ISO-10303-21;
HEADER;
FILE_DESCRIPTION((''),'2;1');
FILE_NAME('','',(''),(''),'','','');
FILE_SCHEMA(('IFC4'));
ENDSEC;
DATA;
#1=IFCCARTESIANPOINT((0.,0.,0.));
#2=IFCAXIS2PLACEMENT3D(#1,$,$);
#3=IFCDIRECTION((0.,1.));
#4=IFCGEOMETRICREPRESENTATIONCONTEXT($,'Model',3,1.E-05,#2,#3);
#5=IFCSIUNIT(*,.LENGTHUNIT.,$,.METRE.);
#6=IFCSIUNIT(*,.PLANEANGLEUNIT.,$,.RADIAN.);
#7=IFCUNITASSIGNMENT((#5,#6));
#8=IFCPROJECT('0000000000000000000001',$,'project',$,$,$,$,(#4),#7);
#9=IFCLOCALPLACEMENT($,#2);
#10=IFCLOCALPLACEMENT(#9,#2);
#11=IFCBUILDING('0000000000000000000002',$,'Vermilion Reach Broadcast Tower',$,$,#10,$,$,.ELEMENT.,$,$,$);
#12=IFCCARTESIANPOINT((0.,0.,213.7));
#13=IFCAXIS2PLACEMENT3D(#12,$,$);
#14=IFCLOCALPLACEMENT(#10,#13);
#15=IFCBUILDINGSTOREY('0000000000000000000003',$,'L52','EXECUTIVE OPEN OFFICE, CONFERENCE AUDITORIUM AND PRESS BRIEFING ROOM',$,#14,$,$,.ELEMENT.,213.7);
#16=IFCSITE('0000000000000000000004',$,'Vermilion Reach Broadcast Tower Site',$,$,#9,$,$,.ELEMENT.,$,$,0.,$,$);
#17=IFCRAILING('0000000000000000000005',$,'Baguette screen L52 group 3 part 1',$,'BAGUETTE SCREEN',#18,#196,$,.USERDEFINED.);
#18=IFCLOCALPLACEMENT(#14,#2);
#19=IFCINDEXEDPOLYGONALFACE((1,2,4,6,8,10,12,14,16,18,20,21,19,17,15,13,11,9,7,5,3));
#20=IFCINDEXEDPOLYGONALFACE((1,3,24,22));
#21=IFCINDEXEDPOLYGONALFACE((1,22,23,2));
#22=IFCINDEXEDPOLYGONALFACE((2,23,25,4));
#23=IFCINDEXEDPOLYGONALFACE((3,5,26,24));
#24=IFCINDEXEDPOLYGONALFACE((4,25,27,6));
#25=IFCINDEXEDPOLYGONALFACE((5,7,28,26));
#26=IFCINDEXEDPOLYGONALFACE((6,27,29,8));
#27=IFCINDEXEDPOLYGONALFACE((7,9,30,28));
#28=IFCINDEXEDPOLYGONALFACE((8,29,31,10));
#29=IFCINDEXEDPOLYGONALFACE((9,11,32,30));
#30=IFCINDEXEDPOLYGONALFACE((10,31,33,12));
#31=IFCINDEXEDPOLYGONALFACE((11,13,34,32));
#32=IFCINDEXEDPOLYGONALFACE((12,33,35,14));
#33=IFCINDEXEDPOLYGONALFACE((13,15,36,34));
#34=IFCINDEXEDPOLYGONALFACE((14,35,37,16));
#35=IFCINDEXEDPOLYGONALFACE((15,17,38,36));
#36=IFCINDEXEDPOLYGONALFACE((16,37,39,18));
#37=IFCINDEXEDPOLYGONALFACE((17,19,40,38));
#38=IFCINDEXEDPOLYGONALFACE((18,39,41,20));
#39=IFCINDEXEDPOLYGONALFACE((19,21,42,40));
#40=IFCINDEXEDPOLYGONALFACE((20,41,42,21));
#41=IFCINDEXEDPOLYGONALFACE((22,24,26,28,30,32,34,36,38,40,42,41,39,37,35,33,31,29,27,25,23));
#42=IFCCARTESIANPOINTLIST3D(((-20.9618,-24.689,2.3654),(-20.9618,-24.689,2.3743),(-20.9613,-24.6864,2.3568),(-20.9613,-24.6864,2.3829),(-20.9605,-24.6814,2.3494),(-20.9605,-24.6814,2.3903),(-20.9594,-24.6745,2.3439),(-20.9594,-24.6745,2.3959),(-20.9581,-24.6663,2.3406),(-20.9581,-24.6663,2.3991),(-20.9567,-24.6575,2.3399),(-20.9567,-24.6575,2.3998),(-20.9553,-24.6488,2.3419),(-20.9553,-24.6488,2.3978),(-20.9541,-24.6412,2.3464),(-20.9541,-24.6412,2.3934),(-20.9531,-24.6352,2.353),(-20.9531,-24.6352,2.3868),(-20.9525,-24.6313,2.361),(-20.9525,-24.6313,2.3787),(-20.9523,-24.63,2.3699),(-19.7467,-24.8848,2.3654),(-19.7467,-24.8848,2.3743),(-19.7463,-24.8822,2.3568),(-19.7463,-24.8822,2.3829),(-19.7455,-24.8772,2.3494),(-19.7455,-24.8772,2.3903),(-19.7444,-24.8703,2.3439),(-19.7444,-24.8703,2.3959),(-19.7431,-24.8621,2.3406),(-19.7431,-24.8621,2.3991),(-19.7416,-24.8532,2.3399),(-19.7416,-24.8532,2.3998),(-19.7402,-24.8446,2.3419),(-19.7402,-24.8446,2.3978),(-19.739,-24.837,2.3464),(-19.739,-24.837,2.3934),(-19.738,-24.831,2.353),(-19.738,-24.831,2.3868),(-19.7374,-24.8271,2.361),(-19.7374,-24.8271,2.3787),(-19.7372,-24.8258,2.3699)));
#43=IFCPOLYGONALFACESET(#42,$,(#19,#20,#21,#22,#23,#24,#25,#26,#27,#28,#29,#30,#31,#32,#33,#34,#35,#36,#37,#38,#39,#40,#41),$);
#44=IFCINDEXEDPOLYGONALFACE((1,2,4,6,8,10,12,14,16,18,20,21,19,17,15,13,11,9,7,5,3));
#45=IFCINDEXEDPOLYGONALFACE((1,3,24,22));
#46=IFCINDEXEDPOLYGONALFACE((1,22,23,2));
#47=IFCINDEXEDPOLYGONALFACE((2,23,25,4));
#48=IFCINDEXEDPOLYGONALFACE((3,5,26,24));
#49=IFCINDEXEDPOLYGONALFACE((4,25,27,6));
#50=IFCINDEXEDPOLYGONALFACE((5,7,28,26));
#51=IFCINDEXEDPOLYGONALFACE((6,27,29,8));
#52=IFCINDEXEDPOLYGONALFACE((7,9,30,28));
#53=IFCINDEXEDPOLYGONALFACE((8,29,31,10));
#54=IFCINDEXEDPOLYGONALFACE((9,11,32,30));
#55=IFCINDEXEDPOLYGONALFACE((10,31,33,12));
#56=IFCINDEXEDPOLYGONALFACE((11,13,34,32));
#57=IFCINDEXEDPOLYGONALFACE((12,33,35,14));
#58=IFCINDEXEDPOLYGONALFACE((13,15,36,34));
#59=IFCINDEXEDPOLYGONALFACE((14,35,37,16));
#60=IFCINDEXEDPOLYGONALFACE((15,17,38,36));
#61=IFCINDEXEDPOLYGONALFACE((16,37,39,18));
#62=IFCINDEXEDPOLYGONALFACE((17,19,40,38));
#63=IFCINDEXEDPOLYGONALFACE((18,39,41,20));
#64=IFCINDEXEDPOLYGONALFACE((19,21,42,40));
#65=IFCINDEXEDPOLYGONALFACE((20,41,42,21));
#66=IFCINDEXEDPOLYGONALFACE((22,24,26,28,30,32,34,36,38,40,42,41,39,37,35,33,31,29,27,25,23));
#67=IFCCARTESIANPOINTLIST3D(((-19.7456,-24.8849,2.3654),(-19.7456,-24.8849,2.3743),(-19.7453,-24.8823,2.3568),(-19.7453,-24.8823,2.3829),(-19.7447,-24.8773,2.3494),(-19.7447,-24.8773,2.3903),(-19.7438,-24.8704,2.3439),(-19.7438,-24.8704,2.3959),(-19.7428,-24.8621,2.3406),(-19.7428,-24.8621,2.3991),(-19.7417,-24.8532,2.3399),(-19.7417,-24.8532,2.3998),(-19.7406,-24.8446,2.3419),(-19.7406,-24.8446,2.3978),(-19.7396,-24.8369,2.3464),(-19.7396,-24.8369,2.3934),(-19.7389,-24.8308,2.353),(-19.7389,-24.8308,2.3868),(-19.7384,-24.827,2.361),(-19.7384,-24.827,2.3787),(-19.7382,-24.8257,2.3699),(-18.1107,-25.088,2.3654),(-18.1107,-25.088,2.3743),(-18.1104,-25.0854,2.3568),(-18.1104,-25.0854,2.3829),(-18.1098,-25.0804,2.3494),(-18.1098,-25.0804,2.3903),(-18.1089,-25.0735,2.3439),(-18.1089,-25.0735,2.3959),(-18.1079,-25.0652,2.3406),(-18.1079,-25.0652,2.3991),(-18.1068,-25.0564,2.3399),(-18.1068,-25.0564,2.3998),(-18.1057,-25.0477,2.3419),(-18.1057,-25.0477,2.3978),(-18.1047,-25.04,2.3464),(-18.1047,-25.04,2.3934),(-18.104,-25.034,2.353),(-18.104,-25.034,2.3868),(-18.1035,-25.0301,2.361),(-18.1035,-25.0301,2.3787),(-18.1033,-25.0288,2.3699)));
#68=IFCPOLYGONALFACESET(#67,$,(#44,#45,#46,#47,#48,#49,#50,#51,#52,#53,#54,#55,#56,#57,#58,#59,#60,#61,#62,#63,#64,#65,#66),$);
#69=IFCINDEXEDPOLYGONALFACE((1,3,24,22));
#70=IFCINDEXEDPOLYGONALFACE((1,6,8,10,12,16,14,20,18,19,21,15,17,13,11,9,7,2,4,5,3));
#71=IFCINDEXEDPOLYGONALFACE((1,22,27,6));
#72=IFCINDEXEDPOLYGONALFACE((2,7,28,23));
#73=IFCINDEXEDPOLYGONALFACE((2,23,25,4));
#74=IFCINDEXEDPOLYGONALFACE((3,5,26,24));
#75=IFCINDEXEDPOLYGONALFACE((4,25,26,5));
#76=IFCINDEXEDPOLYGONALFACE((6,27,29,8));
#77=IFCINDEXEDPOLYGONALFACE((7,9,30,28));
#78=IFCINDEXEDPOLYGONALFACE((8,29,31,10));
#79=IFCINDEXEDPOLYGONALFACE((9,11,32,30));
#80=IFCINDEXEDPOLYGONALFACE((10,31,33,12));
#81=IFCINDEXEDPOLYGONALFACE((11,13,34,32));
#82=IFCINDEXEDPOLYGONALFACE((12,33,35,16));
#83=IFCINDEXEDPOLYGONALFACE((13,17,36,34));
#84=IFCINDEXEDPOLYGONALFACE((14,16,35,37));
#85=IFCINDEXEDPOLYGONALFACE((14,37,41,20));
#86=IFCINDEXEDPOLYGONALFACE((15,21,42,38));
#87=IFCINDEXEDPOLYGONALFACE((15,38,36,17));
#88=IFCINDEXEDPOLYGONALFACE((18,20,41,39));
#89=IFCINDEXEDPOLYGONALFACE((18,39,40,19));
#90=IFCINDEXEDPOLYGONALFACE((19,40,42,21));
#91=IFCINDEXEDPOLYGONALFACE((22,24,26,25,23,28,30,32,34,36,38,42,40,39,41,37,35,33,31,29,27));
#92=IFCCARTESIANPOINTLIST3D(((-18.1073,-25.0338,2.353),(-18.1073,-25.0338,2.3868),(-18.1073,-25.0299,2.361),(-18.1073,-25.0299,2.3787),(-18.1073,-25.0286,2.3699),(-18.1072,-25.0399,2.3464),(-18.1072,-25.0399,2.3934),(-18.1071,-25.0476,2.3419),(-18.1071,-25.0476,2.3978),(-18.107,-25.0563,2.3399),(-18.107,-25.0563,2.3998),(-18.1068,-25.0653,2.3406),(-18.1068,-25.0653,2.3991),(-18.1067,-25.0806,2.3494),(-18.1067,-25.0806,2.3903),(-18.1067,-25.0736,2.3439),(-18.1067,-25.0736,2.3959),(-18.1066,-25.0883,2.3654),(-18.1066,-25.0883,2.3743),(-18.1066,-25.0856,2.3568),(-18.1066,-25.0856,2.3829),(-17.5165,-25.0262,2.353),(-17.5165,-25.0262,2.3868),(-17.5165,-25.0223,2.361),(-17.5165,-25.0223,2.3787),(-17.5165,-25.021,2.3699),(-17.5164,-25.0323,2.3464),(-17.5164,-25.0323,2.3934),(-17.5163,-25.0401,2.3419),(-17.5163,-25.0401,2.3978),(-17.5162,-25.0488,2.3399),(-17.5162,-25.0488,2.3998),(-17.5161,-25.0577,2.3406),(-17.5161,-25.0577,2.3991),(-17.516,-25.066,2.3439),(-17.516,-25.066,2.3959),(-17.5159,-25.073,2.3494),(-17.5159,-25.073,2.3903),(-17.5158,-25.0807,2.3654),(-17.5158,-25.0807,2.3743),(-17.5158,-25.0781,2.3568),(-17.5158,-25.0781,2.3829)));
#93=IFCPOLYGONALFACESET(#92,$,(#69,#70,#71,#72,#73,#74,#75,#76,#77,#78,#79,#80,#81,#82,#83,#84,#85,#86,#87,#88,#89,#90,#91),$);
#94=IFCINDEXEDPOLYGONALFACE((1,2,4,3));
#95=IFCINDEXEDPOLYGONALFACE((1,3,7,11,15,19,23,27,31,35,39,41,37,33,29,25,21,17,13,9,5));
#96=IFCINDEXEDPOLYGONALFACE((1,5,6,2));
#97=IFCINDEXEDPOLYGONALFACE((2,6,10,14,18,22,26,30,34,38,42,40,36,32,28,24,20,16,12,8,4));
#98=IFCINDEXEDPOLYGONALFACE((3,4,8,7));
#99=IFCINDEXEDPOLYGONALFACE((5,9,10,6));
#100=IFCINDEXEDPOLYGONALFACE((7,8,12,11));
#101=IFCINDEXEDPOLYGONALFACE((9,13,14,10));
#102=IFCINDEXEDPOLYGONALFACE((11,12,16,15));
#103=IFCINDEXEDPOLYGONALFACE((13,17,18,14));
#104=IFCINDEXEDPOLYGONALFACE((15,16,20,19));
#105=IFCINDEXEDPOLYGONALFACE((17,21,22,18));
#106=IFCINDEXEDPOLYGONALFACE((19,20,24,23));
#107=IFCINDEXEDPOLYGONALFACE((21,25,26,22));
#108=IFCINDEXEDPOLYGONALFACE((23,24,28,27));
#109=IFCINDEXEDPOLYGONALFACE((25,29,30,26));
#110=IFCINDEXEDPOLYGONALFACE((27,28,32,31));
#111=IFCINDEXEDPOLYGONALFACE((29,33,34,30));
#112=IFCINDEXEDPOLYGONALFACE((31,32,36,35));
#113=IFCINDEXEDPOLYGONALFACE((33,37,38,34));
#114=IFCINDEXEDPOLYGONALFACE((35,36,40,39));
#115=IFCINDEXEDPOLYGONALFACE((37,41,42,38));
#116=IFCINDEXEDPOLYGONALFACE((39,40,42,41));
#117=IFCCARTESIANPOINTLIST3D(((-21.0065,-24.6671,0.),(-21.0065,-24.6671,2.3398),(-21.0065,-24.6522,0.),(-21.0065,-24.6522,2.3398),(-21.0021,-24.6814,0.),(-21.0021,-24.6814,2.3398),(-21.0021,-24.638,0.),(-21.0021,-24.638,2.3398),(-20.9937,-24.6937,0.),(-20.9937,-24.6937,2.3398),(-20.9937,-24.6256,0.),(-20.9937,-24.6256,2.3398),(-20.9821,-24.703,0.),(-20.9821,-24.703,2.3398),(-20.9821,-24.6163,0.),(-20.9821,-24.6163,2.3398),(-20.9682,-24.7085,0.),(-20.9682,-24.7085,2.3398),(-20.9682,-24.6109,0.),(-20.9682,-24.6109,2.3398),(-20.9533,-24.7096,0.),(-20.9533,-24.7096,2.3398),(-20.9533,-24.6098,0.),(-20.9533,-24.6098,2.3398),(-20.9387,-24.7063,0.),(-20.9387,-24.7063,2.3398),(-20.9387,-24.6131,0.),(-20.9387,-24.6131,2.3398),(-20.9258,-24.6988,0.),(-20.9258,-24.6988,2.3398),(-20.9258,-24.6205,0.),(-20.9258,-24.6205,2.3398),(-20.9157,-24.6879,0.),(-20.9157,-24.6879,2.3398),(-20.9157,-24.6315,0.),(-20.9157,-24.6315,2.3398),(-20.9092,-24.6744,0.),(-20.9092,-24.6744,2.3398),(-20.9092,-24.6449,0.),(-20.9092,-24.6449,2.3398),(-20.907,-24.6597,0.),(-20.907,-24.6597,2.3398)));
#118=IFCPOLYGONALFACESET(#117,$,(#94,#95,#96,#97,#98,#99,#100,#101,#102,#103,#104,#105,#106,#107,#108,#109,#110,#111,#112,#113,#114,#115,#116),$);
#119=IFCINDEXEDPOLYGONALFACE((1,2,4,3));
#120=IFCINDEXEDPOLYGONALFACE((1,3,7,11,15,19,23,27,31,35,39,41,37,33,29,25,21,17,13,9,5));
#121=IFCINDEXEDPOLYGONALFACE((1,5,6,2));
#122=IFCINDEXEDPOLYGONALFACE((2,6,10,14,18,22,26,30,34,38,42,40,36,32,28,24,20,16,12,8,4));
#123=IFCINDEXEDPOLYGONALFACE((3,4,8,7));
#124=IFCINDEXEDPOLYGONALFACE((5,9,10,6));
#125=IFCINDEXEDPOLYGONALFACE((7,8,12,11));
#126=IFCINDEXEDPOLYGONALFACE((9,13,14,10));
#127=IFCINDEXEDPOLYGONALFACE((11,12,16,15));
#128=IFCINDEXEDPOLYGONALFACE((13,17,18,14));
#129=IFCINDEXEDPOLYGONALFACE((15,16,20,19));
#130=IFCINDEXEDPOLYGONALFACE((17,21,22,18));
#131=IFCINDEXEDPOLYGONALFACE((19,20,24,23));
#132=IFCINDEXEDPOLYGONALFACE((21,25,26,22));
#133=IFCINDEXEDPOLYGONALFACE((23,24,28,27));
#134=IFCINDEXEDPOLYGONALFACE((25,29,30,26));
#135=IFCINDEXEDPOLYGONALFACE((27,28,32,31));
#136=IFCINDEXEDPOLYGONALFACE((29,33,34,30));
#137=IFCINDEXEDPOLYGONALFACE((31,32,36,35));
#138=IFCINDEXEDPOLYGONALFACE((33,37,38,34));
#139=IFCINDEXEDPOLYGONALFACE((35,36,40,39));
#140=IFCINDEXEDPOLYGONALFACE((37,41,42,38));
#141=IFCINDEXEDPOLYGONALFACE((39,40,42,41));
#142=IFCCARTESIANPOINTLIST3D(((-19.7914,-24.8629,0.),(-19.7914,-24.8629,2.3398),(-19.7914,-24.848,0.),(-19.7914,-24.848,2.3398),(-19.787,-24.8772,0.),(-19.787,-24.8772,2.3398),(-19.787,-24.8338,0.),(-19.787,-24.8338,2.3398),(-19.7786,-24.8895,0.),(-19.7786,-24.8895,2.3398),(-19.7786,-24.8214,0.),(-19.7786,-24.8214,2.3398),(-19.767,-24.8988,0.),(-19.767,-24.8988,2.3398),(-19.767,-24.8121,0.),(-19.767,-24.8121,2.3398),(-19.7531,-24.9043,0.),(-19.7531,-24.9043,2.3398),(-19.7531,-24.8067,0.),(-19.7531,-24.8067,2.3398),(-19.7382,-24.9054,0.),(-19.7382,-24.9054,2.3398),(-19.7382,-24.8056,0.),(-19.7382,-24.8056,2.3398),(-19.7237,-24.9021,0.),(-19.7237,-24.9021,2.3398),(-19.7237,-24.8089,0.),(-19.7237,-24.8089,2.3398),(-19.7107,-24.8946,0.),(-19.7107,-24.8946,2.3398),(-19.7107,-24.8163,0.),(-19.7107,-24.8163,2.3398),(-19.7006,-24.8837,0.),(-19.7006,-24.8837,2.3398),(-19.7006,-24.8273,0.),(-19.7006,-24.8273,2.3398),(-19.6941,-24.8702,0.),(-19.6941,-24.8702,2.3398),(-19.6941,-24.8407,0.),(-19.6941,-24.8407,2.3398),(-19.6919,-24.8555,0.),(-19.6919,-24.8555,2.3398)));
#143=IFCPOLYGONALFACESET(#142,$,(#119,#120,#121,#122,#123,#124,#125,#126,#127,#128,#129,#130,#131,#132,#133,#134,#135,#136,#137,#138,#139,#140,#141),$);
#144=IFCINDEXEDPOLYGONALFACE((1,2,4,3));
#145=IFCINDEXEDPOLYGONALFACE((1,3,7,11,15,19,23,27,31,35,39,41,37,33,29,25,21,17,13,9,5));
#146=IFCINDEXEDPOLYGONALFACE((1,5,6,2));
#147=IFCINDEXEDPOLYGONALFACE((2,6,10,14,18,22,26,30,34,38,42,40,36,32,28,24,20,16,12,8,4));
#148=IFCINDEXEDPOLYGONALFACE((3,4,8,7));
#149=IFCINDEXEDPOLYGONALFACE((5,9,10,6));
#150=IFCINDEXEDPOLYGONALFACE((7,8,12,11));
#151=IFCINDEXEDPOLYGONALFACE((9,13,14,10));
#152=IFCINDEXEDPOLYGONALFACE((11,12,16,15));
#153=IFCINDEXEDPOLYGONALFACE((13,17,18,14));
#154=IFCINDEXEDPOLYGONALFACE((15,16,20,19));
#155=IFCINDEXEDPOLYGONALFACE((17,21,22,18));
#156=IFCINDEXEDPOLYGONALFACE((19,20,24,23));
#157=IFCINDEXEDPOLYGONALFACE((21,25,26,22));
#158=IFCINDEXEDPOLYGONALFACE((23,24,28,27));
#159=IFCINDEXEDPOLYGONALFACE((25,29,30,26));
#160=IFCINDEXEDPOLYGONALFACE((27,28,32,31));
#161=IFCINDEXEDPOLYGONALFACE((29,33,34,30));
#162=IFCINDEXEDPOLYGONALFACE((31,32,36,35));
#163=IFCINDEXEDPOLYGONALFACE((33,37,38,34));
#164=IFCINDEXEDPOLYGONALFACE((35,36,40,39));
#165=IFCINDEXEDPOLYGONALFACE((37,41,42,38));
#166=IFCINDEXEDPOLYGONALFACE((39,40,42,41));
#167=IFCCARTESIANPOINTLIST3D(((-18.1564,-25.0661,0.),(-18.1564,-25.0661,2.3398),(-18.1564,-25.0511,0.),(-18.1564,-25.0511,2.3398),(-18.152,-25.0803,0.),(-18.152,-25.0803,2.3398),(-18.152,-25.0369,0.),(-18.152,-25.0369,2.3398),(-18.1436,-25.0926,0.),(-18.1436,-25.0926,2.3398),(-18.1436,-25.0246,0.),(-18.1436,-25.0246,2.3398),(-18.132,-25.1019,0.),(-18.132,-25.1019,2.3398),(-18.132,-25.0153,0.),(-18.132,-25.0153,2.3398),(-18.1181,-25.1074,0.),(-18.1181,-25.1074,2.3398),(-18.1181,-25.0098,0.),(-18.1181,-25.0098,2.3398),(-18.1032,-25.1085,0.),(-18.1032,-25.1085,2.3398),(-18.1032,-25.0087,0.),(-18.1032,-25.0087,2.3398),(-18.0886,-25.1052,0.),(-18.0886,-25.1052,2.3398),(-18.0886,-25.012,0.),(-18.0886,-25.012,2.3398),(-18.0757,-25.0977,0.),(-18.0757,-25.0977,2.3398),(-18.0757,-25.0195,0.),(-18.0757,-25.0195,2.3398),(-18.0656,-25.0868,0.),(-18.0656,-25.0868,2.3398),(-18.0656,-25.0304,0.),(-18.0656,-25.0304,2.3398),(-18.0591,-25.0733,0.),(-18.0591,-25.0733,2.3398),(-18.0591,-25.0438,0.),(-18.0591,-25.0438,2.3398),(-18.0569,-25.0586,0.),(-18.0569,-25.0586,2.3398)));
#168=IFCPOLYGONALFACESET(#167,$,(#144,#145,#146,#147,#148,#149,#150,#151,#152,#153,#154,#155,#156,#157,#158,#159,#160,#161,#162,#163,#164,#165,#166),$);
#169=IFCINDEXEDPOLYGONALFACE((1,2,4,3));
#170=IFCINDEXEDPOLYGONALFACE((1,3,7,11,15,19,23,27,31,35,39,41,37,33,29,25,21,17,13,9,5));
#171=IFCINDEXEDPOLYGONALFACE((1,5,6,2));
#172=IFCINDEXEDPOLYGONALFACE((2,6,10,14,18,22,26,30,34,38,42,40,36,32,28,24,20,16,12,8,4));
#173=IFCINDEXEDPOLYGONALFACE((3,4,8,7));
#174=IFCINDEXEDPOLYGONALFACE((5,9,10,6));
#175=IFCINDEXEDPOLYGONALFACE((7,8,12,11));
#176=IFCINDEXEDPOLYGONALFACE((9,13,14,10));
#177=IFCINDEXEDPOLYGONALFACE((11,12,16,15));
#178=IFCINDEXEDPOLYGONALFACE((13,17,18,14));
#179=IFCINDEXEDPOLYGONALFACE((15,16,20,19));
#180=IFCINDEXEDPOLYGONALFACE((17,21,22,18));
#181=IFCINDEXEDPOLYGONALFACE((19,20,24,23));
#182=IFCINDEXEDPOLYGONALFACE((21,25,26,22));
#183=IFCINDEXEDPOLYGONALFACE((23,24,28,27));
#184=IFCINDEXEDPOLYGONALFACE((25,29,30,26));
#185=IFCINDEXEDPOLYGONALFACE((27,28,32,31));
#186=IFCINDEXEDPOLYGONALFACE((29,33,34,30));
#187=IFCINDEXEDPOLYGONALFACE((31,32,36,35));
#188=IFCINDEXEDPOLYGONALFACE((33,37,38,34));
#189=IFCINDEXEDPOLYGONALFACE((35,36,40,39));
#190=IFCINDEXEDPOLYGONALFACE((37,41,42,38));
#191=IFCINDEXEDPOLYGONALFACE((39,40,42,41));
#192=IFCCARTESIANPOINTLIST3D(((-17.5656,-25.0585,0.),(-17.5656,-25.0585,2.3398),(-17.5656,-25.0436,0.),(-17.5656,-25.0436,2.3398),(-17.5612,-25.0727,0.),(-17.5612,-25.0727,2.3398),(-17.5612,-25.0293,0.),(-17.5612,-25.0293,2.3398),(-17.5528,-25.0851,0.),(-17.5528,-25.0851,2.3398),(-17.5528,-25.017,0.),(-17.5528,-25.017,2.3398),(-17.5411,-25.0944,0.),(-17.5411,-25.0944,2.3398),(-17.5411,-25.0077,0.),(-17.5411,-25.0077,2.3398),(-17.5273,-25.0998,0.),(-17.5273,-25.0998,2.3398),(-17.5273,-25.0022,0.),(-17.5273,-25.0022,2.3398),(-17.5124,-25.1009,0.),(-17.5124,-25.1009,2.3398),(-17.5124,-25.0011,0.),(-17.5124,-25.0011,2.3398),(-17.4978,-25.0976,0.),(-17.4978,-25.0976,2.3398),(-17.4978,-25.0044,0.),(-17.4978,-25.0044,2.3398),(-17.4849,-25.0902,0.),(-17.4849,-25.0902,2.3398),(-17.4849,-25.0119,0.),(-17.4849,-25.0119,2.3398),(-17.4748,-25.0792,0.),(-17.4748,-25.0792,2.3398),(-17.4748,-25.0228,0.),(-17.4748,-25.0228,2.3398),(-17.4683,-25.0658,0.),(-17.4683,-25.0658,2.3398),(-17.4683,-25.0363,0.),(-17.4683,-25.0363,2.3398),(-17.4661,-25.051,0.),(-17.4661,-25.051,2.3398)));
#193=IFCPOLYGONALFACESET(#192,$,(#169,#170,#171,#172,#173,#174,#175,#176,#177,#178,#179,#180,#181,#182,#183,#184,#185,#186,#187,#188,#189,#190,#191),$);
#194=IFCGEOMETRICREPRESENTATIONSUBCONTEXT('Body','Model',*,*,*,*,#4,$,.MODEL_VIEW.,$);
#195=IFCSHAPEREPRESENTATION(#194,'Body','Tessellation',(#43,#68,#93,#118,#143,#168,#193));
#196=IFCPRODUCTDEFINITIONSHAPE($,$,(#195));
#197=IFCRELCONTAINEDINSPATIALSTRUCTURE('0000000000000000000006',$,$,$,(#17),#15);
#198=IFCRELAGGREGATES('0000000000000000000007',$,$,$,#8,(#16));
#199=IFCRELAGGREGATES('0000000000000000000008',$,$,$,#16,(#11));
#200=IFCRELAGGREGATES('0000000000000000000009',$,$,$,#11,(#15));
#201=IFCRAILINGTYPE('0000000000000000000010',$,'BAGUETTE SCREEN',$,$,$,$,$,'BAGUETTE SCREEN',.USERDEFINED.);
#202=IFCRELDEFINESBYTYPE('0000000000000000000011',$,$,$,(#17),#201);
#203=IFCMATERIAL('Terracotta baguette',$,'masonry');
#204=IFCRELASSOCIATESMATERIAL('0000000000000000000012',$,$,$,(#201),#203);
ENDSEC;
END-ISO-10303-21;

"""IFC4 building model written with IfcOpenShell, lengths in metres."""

from ifc_helpers import new_model, si_unit, direction, frame, origin, origin_2d, place, context, subcontext, project, spatial, circle, extrude, material, type_object, element, save


model = new_model("IFC4")

# Units and contexts
model_context = context("Model", 3, precision=1e-05, world=origin(), true_north=direction((0.0, 1.0)))
body_context = subcontext(model_context, "Body", "Model", "MODEL_VIEW")
ifc_project = project(units=[si_unit("LENGTHUNIT", "METRE"), si_unit("PLANEANGLEUNIT", "RADIAN")], contexts=[model_context])

# Site, building, storey
site_placement = place(None, origin())
site = spatial("IfcSite", under=ifc_project, at=site_placement, Name="Vermilion Reach Broadcast Tower Site", CompositionType="ELEMENT", RefElevation=0.0)
building_placement = place(site_placement, origin())
building = spatial("IfcBuilding", under=site, at=building_placement, Name="Vermilion Reach Broadcast Tower", CompositionType="ELEMENT")
storey_placement = place(building_placement, frame((0.0, 0.0, 213.7)))
storey = spatial("IfcBuildingStorey", under=building, at=storey_placement, Name="L52", Description="EXECUTIVE OPEN OFFICE, CONFERENCE AUDITORIUM AND PRESS BRIEFING ROOM", CompositionType="ELEMENT", Elevation=213.7)

# Railing
ifc_material_1 = material(Name="Terracotta baguette", Category="masonry")
railing_type_1 = type_object("IfcRailingType", Name="BAGUETTE SCREEN", ElementType="BAGUETTE SCREEN", PredefinedType="USERDEFINED", material=ifc_material_1)
railing_1_placement = place(storey_placement, frame((-20.957, -24.6597, 0.0)))
element("IfcRailing", 1, at=railing_1_placement, inside=storey, type_object=railing_type_1, Name="Baguette screen L52 group 3 part 1", ObjectType="BAGUETTE SCREEN", PredefinedType="USERDEFINED", context=body_context, shape_type="SweptSolid", body=[
    extrude(circle(Radius=0.03, at=origin_2d()), frame((0.0, 0.0, 2.3699), z_axis=(0.987264, -0.159089, 0.0), x_axis=(0.159089, 0.987264, 0.0)), (0.0, 0.0, 1.0), 1.2307),
    extrude(circle(Radius=0.03, at=origin_2d()), frame((1.2151, -0.1958, 2.3699), z_axis=(0.992371, -0.123287, 0.0), x_axis=(0.123287, 0.992371, 0.0)), (0.0, 0.0, 1.0), 1.6475),
    extrude(circle(Radius=0.03, at=origin_2d()), frame((2.8501, -0.3989, 2.3699), z_axis=(0.999918, 0.012809, 0.0), x_axis=(-0.012809, 0.999918, 0.0)), (0.0, 0.0, 1.0), 0.5908),
    extrude(circle(Radius=0.05, at=origin_2d()), origin(), (0.0, 0.0, 1.0), 2.3398),
    extrude(circle(Radius=0.05, at=origin_2d()), frame((1.2151, -0.1958, 0.0)), (0.0, 0.0, 1.0), 2.3398),
    extrude(circle(Radius=0.05, at=origin_2d()), frame((2.8501, -0.3989, 0.0)), (0.0, 0.0, 1.0), 2.3398),
    extrude(circle(Radius=0.05, at=origin_2d()), frame((3.4409, -0.3914, 0.0)), (0.0, 0.0, 1.0), 2.3398),
])

save(model, "model.ifc")
